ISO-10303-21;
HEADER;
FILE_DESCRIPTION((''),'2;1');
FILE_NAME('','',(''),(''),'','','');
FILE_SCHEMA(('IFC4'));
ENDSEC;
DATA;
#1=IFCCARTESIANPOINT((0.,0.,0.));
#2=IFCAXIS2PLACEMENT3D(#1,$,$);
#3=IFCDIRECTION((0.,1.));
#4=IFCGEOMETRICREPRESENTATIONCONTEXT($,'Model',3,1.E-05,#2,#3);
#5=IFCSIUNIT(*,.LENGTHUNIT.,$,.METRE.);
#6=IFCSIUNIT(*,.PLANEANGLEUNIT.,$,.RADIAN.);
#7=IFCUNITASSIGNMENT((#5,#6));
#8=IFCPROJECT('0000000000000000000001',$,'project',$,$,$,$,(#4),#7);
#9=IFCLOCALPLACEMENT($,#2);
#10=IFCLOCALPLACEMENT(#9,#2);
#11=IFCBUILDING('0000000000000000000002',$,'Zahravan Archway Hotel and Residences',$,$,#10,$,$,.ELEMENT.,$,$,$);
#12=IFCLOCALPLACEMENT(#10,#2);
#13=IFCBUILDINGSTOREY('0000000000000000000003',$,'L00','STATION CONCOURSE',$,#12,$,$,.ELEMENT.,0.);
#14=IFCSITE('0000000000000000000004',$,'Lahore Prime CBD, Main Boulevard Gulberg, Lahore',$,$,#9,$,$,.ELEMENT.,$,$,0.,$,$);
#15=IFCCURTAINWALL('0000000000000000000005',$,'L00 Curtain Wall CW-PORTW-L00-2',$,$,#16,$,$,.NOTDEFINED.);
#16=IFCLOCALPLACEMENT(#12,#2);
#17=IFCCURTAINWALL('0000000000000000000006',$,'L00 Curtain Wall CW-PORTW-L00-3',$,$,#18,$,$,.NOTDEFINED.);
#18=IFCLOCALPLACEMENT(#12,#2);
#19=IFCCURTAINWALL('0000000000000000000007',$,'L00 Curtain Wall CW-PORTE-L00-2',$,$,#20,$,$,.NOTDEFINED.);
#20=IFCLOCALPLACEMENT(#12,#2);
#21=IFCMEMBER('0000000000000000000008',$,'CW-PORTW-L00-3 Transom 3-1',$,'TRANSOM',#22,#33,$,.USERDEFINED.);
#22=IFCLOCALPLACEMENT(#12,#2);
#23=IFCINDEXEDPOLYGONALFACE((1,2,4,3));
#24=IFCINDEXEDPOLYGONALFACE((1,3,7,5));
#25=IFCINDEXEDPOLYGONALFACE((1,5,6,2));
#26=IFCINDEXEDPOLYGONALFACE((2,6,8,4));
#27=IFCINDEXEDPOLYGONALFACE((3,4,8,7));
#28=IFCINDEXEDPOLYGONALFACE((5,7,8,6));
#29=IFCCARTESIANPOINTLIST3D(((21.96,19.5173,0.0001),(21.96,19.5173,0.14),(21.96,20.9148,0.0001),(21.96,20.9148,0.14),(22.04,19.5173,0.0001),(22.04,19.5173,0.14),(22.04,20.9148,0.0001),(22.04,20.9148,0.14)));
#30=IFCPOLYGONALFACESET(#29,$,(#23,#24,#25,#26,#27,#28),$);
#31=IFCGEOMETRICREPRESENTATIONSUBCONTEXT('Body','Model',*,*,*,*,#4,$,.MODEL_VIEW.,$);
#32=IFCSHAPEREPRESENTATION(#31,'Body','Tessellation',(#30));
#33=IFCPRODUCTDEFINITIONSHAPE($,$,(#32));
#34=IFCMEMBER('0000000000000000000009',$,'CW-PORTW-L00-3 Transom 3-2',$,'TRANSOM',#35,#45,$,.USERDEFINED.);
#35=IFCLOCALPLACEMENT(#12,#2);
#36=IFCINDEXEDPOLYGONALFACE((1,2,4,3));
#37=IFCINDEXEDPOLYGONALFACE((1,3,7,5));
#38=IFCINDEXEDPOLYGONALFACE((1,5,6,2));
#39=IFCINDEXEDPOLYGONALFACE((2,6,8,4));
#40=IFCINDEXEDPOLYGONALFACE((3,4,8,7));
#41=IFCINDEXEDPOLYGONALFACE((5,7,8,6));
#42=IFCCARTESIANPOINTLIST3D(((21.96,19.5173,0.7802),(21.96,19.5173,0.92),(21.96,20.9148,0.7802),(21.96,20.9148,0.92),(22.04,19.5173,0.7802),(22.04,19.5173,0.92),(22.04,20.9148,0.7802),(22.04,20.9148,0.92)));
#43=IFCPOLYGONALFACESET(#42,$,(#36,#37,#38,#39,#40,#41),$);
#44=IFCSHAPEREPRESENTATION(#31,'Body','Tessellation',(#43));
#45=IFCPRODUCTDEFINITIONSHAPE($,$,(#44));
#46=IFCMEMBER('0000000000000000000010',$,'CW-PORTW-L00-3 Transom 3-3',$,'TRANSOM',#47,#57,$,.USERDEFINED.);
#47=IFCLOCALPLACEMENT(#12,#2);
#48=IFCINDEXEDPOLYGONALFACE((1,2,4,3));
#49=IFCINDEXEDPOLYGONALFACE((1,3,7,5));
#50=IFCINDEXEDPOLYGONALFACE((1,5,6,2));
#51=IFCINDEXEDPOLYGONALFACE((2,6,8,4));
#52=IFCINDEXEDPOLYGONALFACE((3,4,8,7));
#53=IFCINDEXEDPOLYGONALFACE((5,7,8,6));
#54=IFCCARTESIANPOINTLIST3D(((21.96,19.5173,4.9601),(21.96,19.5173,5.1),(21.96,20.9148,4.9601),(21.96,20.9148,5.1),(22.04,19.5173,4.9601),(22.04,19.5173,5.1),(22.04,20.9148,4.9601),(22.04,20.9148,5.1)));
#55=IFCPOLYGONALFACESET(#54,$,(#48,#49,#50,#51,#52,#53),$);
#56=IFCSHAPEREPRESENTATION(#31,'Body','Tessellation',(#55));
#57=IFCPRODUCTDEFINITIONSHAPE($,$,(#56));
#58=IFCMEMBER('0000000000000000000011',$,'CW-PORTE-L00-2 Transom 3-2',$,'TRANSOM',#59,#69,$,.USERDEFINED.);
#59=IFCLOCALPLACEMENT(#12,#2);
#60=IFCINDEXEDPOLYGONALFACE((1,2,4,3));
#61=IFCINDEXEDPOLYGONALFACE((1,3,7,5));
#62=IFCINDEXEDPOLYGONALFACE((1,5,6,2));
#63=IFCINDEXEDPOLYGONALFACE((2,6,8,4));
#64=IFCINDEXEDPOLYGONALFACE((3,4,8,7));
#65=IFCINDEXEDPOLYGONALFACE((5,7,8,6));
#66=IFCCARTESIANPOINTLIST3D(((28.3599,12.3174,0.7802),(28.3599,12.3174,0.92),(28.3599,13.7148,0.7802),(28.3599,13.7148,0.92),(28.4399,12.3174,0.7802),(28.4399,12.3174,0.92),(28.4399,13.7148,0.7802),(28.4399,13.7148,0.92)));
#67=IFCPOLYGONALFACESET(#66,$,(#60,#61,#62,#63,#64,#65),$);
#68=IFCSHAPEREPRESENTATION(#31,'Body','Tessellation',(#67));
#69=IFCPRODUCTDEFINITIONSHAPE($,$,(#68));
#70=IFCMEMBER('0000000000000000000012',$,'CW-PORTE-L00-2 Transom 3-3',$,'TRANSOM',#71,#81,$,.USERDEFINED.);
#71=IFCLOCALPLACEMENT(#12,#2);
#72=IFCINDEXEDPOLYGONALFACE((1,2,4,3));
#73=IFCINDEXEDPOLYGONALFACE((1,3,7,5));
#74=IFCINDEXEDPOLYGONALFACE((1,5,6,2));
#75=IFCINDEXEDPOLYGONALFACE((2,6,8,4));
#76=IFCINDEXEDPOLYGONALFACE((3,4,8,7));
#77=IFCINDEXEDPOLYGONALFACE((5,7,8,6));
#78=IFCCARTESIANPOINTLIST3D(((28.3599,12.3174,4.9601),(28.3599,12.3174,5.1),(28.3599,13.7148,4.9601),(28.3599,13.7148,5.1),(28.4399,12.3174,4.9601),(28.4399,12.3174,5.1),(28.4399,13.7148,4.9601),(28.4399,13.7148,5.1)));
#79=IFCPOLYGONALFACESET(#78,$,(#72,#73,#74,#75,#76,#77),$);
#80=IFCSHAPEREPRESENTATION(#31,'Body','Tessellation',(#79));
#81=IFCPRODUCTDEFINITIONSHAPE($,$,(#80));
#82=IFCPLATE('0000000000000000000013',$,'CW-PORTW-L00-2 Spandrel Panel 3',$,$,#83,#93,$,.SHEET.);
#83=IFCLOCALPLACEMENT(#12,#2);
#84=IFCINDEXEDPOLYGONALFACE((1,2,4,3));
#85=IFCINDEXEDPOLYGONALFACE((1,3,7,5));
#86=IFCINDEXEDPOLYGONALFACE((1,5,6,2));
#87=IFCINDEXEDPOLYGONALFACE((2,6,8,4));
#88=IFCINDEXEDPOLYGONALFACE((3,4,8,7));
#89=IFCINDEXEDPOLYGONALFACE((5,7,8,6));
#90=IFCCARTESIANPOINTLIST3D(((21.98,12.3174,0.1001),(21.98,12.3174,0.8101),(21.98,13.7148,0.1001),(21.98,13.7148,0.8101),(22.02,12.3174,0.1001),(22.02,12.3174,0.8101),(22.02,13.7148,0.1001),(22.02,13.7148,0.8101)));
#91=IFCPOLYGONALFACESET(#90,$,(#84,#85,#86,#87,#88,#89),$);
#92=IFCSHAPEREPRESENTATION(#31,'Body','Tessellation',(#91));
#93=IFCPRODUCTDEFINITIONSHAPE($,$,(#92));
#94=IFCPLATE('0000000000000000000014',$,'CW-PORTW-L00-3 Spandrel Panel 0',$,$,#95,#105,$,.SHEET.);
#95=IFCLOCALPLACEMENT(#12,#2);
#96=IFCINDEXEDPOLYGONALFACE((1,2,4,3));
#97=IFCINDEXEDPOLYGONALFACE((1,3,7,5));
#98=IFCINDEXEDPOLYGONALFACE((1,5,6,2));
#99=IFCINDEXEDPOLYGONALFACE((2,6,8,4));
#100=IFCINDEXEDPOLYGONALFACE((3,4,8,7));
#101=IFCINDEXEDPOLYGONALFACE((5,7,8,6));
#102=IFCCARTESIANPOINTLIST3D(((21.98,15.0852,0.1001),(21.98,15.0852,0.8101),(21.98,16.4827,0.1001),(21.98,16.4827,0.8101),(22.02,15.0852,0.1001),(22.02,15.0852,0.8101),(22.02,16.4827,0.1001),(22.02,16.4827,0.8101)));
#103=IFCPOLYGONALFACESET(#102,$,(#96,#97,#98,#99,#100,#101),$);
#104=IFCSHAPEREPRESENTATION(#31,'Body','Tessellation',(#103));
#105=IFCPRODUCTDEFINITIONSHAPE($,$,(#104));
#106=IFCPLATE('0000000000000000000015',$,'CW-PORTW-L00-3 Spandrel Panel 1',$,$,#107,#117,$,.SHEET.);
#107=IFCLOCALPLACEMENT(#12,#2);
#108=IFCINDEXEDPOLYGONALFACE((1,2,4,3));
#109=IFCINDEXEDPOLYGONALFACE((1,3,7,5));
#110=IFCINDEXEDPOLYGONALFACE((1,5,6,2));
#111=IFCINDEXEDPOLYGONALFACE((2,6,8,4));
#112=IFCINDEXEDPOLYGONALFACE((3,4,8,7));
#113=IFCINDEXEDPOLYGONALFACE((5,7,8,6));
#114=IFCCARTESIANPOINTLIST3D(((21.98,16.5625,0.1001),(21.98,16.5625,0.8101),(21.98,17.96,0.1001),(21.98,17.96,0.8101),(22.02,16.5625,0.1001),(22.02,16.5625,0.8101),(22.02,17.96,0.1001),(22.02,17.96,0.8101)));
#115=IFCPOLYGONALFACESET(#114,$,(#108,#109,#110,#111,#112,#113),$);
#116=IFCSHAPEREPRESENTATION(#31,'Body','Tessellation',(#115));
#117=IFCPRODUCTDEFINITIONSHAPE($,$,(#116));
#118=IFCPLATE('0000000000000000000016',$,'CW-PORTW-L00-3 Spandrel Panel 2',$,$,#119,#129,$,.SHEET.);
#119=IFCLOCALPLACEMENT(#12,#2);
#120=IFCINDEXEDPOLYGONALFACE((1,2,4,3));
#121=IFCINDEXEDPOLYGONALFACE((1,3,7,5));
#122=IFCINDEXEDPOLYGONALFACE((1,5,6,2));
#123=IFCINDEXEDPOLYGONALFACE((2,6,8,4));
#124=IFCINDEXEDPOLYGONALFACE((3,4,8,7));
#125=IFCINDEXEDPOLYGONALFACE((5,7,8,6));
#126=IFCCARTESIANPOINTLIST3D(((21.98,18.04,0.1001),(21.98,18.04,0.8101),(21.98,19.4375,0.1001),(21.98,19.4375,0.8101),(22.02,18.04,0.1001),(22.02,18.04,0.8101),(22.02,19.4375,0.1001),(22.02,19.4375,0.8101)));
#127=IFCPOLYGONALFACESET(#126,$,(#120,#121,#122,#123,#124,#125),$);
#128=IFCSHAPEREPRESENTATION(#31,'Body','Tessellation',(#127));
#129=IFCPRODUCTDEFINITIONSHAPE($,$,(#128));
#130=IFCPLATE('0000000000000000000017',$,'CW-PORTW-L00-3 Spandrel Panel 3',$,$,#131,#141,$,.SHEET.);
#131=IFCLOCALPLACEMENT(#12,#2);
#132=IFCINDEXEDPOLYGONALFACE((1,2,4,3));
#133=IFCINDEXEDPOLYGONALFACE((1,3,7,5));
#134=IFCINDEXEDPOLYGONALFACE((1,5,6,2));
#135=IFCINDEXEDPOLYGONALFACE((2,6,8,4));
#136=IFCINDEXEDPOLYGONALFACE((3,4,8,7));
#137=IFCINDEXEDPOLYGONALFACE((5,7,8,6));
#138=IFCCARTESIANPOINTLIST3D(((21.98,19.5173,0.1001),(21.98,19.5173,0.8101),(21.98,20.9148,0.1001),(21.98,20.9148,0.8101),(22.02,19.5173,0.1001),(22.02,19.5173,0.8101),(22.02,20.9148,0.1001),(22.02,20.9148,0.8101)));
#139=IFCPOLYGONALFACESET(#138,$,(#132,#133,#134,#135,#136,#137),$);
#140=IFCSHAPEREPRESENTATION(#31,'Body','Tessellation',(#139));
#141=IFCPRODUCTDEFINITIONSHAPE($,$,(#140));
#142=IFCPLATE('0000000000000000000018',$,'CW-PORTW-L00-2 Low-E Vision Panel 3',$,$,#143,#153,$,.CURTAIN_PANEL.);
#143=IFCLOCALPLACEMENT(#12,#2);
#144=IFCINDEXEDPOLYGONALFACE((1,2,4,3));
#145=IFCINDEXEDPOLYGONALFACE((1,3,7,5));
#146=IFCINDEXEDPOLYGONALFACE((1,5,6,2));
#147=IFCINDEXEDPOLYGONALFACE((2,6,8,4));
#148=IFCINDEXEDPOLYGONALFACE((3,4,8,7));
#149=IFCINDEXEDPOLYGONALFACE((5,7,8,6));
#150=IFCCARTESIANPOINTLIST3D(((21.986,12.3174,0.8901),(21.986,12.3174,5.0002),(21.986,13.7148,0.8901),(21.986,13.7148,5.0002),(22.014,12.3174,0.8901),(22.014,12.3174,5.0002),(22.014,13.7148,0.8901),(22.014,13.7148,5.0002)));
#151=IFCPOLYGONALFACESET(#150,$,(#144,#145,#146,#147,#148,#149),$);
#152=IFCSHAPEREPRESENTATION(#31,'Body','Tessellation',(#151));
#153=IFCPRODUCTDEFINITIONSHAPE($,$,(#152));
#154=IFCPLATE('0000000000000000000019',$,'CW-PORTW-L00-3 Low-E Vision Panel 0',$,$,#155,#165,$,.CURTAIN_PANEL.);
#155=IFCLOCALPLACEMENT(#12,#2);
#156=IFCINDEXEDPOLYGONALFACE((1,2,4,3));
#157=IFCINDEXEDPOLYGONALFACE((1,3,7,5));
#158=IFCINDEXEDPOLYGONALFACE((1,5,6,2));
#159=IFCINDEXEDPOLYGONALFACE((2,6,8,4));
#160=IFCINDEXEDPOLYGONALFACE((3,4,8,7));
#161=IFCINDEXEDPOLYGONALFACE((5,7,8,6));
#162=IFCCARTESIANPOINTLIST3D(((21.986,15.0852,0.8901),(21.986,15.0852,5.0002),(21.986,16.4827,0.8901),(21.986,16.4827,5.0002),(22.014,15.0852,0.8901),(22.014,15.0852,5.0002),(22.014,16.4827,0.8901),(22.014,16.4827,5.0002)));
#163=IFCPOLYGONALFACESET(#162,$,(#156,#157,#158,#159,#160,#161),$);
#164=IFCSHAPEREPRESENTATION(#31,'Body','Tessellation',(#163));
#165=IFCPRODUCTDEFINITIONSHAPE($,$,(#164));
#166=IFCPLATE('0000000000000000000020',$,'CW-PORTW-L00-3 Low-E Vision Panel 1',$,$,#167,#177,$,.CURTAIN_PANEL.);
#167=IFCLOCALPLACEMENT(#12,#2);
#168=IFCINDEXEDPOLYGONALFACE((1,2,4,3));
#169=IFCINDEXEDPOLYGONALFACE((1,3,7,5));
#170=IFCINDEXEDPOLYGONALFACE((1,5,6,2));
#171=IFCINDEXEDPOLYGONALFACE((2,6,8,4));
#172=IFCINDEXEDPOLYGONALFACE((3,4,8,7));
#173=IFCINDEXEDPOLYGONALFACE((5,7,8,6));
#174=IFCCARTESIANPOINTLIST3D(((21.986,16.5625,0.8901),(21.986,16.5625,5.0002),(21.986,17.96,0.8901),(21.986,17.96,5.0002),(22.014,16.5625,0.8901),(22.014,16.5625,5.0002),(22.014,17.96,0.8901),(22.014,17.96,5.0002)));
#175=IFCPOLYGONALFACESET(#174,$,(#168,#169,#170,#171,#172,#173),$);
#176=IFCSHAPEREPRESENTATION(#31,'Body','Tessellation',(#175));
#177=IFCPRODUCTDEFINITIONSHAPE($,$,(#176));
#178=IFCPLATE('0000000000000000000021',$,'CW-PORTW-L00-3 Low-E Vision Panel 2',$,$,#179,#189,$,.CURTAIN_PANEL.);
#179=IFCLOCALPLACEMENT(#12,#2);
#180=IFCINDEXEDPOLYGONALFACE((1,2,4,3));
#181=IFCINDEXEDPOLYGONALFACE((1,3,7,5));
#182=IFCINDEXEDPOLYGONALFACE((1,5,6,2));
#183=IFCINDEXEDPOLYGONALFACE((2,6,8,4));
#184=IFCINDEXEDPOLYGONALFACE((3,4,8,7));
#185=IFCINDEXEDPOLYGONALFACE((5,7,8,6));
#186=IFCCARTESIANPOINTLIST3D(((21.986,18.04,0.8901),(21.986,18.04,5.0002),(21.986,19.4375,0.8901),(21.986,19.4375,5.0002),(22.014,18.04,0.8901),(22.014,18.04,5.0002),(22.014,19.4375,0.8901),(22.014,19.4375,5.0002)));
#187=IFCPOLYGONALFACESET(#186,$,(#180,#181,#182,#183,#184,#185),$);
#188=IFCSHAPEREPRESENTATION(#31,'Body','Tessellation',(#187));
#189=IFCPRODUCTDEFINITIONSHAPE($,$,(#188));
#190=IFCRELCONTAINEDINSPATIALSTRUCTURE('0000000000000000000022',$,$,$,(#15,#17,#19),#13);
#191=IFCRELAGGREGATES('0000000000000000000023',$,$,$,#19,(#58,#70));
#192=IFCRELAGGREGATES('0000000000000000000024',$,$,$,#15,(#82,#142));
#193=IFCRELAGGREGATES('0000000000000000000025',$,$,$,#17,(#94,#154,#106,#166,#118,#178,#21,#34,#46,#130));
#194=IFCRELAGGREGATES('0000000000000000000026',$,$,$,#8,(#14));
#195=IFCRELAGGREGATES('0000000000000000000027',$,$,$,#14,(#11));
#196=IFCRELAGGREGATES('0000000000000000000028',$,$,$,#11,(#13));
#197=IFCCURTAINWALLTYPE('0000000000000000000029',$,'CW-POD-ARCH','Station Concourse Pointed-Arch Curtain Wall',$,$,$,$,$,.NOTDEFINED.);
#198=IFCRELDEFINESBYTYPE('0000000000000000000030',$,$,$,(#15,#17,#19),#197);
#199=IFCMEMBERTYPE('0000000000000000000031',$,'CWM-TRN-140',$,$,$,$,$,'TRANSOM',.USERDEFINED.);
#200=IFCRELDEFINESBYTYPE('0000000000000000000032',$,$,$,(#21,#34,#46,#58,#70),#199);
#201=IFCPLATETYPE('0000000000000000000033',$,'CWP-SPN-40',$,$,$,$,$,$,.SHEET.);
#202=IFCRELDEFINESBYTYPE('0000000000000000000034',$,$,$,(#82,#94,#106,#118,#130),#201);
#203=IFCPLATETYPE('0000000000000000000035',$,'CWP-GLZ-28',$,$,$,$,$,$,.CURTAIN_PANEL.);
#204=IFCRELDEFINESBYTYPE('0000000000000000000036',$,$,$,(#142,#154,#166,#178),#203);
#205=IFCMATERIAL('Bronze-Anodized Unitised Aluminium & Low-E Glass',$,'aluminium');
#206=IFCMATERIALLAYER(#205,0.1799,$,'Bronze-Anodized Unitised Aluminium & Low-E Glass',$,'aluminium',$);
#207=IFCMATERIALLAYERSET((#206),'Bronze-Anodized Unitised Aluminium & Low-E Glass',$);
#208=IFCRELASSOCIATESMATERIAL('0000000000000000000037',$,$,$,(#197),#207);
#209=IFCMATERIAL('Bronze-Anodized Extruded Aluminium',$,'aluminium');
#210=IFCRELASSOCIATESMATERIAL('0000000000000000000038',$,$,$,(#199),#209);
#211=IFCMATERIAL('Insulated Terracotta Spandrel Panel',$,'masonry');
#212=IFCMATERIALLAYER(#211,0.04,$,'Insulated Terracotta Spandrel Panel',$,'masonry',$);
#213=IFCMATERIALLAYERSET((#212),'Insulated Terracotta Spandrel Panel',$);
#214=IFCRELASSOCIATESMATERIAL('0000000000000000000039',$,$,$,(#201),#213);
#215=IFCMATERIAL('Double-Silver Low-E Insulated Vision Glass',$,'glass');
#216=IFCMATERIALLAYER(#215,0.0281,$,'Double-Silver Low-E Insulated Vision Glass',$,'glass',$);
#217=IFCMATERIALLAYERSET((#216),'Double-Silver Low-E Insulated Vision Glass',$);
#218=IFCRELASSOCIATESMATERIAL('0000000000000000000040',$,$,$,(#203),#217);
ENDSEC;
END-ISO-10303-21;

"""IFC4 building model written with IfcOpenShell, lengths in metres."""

from ifc_helpers import new_model, si_unit, direction, frame, origin, origin_2d, place, context, subcontext, project, spatial, rectangle, extrude, source, transform, mapped, material, layer, layer_set, material_profile, profile_set, type_object, element, aggregate, save


model = new_model("IFC4")

# Units and contexts
model_context = context("Model", 3, precision=1e-05, world=origin(), true_north=direction((0.0, 1.0)))
body_context = subcontext(model_context, "Body", "Model", "MODEL_VIEW")
ifc_project = project(units=[si_unit("LENGTHUNIT", "METRE"), si_unit("PLANEANGLEUNIT", "RADIAN")], contexts=[model_context])

# Site, building, storey
site_placement = place(None, origin())
site = spatial("IfcSite", under=ifc_project, at=site_placement, Name="Lahore Prime CBD, Main Boulevard Gulberg, Lahore", CompositionType="ELEMENT", RefElevation=0.0)
building_placement = place(site_placement, origin())
building = spatial("IfcBuilding", under=site, at=building_placement, Name="Zahravan Archway Hotel and Residences", CompositionType="ELEMENT")
storey_placement = place(building_placement, origin())
storey = spatial("IfcBuildingStorey", under=building, at=storey_placement, Name="L00", Description="STATION CONCOURSE", CompositionType="ELEMENT", Elevation=0.0)

# Curtain wall
ifc_material_1 = material(Name="Bronze-Anodized Unitised Aluminium & Low-E Glass", Category="aluminium")
ifc_layer_1 = layer(ifc_material_1, 0.1799, Name="Bronze-Anodized Unitised Aluminium & Low-E Glass", Category="aluminium")
ifc_layer_set_1 = layer_set([ifc_layer_1], Name="Bronze-Anodized Unitised Aluminium & Low-E Glass")
curtain_wall_type = type_object("IfcCurtainWallType", Name="CW-POD-ARCH", Description="Station Concourse Pointed-Arch Curtain Wall", PredefinedType="NOTDEFINED", material=ifc_layer_set_1)
curtain_wall_1_placement = place(storey_placement, origin())
curtain_wall_1 = element("IfcCurtainWall", 1, at=curtain_wall_1_placement, inside=storey, type_object=curtain_wall_type, Name="L00 Curtain Wall CW-PORTW-L00-2", PredefinedType="NOTDEFINED")
ifc_material_2 = material(Name="Bronze-Anodized Extruded Aluminium", Category="aluminium")

# Curtain wall
curtain_wall_2_placement = place(storey_placement, origin())
curtain_wall_2 = element("IfcCurtainWall", 2, at=curtain_wall_2_placement, inside=storey, type_object=curtain_wall_type, Name="L00 Curtain Wall CW-PORTW-L00-3", PredefinedType="NOTDEFINED")

# Curtain wall
curtain_wall_3_placement = place(storey_placement, origin())
curtain_wall_3 = element("IfcCurtainWall", 3, at=curtain_wall_3_placement, inside=storey, type_object=curtain_wall_type, Name="L00 Curtain Wall CW-PORTE-L00-2", PredefinedType="NOTDEFINED")

# Members
ifc_material_profile_1 = material_profile(ifc_material_2, rectangle(XDim=0.0801, YDim=0.1399, at=origin_2d()), Name="TRN 80x140", Category="aluminium")
ifc_profile_set_1 = profile_set([ifc_material_profile_1], Name="Bronze-Anodized Extruded Aluminium")
member_type_1 = type_object("IfcMemberType", Name="CWM-TRN-140", ElementType="TRANSOM", PredefinedType="USERDEFINED", material=ifc_profile_set_1)
shared_shape_1 = source(origin(), body_context, "Body", "SweptSolid", [
    extrude(rectangle(XDim=0.0801, YDim=0.1399, at=origin_2d()), origin(), (0.0, 0.0, 1.0), 1.3975),
])
member_1_placement = place(storey_placement, frame((22.0, 19.5173, 0.0701), z_axis=(0.0, 1.0, 0.0), x_axis=(-1.0, 0.0, 0.0)))
member_1 = element("IfcMember", 4, at=member_1_placement, type_object=member_type_1, Name="CW-PORTW-L00-3 Transom 3-1", ObjectType="TRANSOM", PredefinedType="USERDEFINED", context=body_context, shape_type="MappedRepresentation", body=[
    mapped(shared_shape_1, transform((0.0, 0.0, 0.0), scale=1.0)),
])
member_2_placement = place(storey_placement, frame((22.0, 19.5173, 0.8501), z_axis=(0.0, 1.0, 0.0), x_axis=(-1.0, 0.0, 0.0)))
member_2 = element("IfcMember", 5, at=member_2_placement, type_object=member_type_1, Name="CW-PORTW-L00-3 Transom 3-2", ObjectType="TRANSOM", PredefinedType="USERDEFINED", context=body_context, shape_type="MappedRepresentation", body=[
    mapped(shared_shape_1, transform((0.0, 0.0, 0.0), scale=1.0)),
])
member_3_placement = place(storey_placement, frame((22.0, 19.5173, 5.03), z_axis=(0.0, 1.0, 0.0), x_axis=(-1.0, 0.0, 0.0)))
member_3 = element("IfcMember", 6, at=member_3_placement, type_object=member_type_1, Name="CW-PORTW-L00-3 Transom 3-3", ObjectType="TRANSOM", PredefinedType="USERDEFINED", context=body_context, shape_type="MappedRepresentation", body=[
    mapped(shared_shape_1, transform((0.0, 0.0, 0.0), scale=1.0)),
])
member_4_placement = place(storey_placement, frame((28.3999, 12.3174, 0.8501), z_axis=(0.0, 1.0, 0.0), x_axis=(-1.0, 0.0, 0.0)))
member_4 = element("IfcMember", 7, at=member_4_placement, type_object=member_type_1, Name="CW-PORTE-L00-2 Transom 3-2", ObjectType="TRANSOM", PredefinedType="USERDEFINED", context=body_context, shape_type="MappedRepresentation", body=[
    mapped(shared_shape_1, transform((0.0, 0.0, 0.0), scale=1.0)),
])
member_5_placement = place(storey_placement, frame((28.3999, 12.3174, 5.03), z_axis=(0.0, 1.0, 0.0), x_axis=(-1.0, 0.0, 0.0)))
member_5 = element("IfcMember", 8, at=member_5_placement, type_object=member_type_1, Name="CW-PORTE-L00-2 Transom 3-3", ObjectType="TRANSOM", PredefinedType="USERDEFINED", context=body_context, shape_type="MappedRepresentation", body=[
    mapped(shared_shape_1, transform((0.0, 0.0, 0.0), scale=1.0)),
])
aggregate(curtain_wall_3, [member_4, member_5])

# Plates
ifc_material_3 = material(Name="Insulated Terracotta Spandrel Panel", Category="masonry")
ifc_layer_2 = layer(ifc_material_3, 0.04, Name="Insulated Terracotta Spandrel Panel", Category="masonry")
ifc_layer_set_2 = layer_set([ifc_layer_2], Name="Insulated Terracotta Spandrel Panel")
plate_type_1 = type_object("IfcPlateType", Name="CWP-SPN-40", PredefinedType="SHEET", material=ifc_layer_set_2)
shared_shape_2 = source(origin(), body_context, "Body", "SweptSolid", [
    extrude(rectangle(XDim=1.3975, YDim=0.04, at=origin_2d()), origin(), (0.0, 0.0, 1.0), 0.71),
])
plate_1_placement = place(storey_placement, frame((22.0, 13.0161, 0.1001), z_axis=(0.0, 0.0, 1.0), x_axis=(0.0, 1.0, 0.0)))
plate_1 = element("IfcPlate", 9, at=plate_1_placement, type_object=plate_type_1, Name="CW-PORTW-L00-2 Spandrel Panel 3", PredefinedType="SHEET", context=body_context, shape_type="MappedRepresentation", body=[
    mapped(shared_shape_2, transform((0.0, 0.0, 0.0), scale=1.0)),
])
plate_2_placement = place(storey_placement, frame((22.0, 15.7839, 0.1001), z_axis=(0.0, 0.0, 1.0), x_axis=(0.0, 1.0, 0.0)))
plate_2 = element("IfcPlate", 10, at=plate_2_placement, type_object=plate_type_1, Name="CW-PORTW-L00-3 Spandrel Panel 0", PredefinedType="SHEET", context=body_context, shape_type="MappedRepresentation", body=[
    mapped(shared_shape_2, transform((0.0, 0.0, 0.0), scale=1.0)),
])
plate_3_placement = place(storey_placement, frame((22.0, 17.2612, 0.1001), z_axis=(0.0, 0.0, 1.0), x_axis=(0.0, 1.0, 0.0)))
plate_3 = element("IfcPlate", 11, at=plate_3_placement, type_object=plate_type_1, Name="CW-PORTW-L00-3 Spandrel Panel 1", PredefinedType="SHEET", context=body_context, shape_type="MappedRepresentation", body=[
    mapped(shared_shape_2, transform((0.0, 0.0, 0.0), scale=1.0)),
])
plate_4_placement = place(storey_placement, frame((22.0, 18.7388, 0.1001), z_axis=(0.0, 0.0, 1.0), x_axis=(0.0, 1.0, 0.0)))
plate_4 = element("IfcPlate", 12, at=plate_4_placement, type_object=plate_type_1, Name="CW-PORTW-L00-3 Spandrel Panel 2", PredefinedType="SHEET", context=body_context, shape_type="MappedRepresentation", body=[
    mapped(shared_shape_2, transform((0.0, 0.0, 0.0), scale=1.0)),
])
plate_5_placement = place(storey_placement, frame((22.0, 20.2161, 0.1001), z_axis=(0.0, 0.0, 1.0), x_axis=(0.0, 1.0, 0.0)))
plate_5 = element("IfcPlate", 13, at=plate_5_placement, type_object=plate_type_1, Name="CW-PORTW-L00-3 Spandrel Panel 3", PredefinedType="SHEET", context=body_context, shape_type="MappedRepresentation", body=[
    mapped(shared_shape_2, transform((0.0, 0.0, 0.0), scale=1.0)),
])
ifc_material_4 = material(Name="Double-Silver Low-E Insulated Vision Glass", Category="glass")
ifc_layer_3 = layer(ifc_material_4, 0.0281, Name="Double-Silver Low-E Insulated Vision Glass", Category="glass")
ifc_layer_set_3 = layer_set([ifc_layer_3], Name="Double-Silver Low-E Insulated Vision Glass")
plate_type_2 = type_object("IfcPlateType", Name="CWP-GLZ-28", PredefinedType="CURTAIN_PANEL", material=ifc_layer_set_3)
shared_shape_3 = source(origin(), body_context, "Body", "SweptSolid", [
    extrude(rectangle(XDim=1.3975, YDim=0.0281, at=origin_2d()), origin(), (0.0, 0.0, 1.0), 4.1101),
])
plate_6_placement = place(storey_placement, frame((22.0, 13.0161, 0.8901), z_axis=(0.0, 0.0, 1.0), x_axis=(0.0, 1.0, 0.0)))
plate_6 = element("IfcPlate", 14, at=plate_6_placement, type_object=plate_type_2, Name="CW-PORTW-L00-2 Low-E Vision Panel 3", PredefinedType="CURTAIN_PANEL", context=body_context, shape_type="MappedRepresentation", body=[
    mapped(shared_shape_3, transform((0.0, 0.0, 0.0), scale=1.0)),
])
aggregate(curtain_wall_1, [plate_1, plate_6])
plate_7_placement = place(storey_placement, frame((22.0, 15.7839, 0.8901), z_axis=(0.0, 0.0, 1.0), x_axis=(0.0, 1.0, 0.0)))
plate_7 = element("IfcPlate", 15, at=plate_7_placement, type_object=plate_type_2, Name="CW-PORTW-L00-3 Low-E Vision Panel 0", PredefinedType="CURTAIN_PANEL", context=body_context, shape_type="MappedRepresentation", body=[
    mapped(shared_shape_3, transform((0.0, 0.0, 0.0), scale=1.0)),
])
plate_8_placement = place(storey_placement, frame((22.0, 17.2612, 0.8901), z_axis=(0.0, 0.0, 1.0), x_axis=(0.0, 1.0, 0.0)))
plate_8 = element("IfcPlate", 16, at=plate_8_placement, type_object=plate_type_2, Name="CW-PORTW-L00-3 Low-E Vision Panel 1", PredefinedType="CURTAIN_PANEL", context=body_context, shape_type="MappedRepresentation", body=[
    mapped(shared_shape_3, transform((0.0, 0.0, 0.0), scale=1.0)),
])
plate_9_placement = place(storey_placement, frame((22.0, 18.7388, 0.8901), z_axis=(0.0, 0.0, 1.0), x_axis=(0.0, 1.0, 0.0)))
plate_9 = element("IfcPlate", 17, at=plate_9_placement, type_object=plate_type_2, Name="CW-PORTW-L00-3 Low-E Vision Panel 2", PredefinedType="CURTAIN_PANEL", context=body_context, shape_type="MappedRepresentation", body=[
    mapped(shared_shape_3, transform((0.0, 0.0, 0.0), scale=1.0)),
])
aggregate(curtain_wall_2, [plate_2, plate_7, plate_3, plate_8, plate_4, plate_9, member_1, member_2, member_3, plate_5])

save(model, "model.ifc")
